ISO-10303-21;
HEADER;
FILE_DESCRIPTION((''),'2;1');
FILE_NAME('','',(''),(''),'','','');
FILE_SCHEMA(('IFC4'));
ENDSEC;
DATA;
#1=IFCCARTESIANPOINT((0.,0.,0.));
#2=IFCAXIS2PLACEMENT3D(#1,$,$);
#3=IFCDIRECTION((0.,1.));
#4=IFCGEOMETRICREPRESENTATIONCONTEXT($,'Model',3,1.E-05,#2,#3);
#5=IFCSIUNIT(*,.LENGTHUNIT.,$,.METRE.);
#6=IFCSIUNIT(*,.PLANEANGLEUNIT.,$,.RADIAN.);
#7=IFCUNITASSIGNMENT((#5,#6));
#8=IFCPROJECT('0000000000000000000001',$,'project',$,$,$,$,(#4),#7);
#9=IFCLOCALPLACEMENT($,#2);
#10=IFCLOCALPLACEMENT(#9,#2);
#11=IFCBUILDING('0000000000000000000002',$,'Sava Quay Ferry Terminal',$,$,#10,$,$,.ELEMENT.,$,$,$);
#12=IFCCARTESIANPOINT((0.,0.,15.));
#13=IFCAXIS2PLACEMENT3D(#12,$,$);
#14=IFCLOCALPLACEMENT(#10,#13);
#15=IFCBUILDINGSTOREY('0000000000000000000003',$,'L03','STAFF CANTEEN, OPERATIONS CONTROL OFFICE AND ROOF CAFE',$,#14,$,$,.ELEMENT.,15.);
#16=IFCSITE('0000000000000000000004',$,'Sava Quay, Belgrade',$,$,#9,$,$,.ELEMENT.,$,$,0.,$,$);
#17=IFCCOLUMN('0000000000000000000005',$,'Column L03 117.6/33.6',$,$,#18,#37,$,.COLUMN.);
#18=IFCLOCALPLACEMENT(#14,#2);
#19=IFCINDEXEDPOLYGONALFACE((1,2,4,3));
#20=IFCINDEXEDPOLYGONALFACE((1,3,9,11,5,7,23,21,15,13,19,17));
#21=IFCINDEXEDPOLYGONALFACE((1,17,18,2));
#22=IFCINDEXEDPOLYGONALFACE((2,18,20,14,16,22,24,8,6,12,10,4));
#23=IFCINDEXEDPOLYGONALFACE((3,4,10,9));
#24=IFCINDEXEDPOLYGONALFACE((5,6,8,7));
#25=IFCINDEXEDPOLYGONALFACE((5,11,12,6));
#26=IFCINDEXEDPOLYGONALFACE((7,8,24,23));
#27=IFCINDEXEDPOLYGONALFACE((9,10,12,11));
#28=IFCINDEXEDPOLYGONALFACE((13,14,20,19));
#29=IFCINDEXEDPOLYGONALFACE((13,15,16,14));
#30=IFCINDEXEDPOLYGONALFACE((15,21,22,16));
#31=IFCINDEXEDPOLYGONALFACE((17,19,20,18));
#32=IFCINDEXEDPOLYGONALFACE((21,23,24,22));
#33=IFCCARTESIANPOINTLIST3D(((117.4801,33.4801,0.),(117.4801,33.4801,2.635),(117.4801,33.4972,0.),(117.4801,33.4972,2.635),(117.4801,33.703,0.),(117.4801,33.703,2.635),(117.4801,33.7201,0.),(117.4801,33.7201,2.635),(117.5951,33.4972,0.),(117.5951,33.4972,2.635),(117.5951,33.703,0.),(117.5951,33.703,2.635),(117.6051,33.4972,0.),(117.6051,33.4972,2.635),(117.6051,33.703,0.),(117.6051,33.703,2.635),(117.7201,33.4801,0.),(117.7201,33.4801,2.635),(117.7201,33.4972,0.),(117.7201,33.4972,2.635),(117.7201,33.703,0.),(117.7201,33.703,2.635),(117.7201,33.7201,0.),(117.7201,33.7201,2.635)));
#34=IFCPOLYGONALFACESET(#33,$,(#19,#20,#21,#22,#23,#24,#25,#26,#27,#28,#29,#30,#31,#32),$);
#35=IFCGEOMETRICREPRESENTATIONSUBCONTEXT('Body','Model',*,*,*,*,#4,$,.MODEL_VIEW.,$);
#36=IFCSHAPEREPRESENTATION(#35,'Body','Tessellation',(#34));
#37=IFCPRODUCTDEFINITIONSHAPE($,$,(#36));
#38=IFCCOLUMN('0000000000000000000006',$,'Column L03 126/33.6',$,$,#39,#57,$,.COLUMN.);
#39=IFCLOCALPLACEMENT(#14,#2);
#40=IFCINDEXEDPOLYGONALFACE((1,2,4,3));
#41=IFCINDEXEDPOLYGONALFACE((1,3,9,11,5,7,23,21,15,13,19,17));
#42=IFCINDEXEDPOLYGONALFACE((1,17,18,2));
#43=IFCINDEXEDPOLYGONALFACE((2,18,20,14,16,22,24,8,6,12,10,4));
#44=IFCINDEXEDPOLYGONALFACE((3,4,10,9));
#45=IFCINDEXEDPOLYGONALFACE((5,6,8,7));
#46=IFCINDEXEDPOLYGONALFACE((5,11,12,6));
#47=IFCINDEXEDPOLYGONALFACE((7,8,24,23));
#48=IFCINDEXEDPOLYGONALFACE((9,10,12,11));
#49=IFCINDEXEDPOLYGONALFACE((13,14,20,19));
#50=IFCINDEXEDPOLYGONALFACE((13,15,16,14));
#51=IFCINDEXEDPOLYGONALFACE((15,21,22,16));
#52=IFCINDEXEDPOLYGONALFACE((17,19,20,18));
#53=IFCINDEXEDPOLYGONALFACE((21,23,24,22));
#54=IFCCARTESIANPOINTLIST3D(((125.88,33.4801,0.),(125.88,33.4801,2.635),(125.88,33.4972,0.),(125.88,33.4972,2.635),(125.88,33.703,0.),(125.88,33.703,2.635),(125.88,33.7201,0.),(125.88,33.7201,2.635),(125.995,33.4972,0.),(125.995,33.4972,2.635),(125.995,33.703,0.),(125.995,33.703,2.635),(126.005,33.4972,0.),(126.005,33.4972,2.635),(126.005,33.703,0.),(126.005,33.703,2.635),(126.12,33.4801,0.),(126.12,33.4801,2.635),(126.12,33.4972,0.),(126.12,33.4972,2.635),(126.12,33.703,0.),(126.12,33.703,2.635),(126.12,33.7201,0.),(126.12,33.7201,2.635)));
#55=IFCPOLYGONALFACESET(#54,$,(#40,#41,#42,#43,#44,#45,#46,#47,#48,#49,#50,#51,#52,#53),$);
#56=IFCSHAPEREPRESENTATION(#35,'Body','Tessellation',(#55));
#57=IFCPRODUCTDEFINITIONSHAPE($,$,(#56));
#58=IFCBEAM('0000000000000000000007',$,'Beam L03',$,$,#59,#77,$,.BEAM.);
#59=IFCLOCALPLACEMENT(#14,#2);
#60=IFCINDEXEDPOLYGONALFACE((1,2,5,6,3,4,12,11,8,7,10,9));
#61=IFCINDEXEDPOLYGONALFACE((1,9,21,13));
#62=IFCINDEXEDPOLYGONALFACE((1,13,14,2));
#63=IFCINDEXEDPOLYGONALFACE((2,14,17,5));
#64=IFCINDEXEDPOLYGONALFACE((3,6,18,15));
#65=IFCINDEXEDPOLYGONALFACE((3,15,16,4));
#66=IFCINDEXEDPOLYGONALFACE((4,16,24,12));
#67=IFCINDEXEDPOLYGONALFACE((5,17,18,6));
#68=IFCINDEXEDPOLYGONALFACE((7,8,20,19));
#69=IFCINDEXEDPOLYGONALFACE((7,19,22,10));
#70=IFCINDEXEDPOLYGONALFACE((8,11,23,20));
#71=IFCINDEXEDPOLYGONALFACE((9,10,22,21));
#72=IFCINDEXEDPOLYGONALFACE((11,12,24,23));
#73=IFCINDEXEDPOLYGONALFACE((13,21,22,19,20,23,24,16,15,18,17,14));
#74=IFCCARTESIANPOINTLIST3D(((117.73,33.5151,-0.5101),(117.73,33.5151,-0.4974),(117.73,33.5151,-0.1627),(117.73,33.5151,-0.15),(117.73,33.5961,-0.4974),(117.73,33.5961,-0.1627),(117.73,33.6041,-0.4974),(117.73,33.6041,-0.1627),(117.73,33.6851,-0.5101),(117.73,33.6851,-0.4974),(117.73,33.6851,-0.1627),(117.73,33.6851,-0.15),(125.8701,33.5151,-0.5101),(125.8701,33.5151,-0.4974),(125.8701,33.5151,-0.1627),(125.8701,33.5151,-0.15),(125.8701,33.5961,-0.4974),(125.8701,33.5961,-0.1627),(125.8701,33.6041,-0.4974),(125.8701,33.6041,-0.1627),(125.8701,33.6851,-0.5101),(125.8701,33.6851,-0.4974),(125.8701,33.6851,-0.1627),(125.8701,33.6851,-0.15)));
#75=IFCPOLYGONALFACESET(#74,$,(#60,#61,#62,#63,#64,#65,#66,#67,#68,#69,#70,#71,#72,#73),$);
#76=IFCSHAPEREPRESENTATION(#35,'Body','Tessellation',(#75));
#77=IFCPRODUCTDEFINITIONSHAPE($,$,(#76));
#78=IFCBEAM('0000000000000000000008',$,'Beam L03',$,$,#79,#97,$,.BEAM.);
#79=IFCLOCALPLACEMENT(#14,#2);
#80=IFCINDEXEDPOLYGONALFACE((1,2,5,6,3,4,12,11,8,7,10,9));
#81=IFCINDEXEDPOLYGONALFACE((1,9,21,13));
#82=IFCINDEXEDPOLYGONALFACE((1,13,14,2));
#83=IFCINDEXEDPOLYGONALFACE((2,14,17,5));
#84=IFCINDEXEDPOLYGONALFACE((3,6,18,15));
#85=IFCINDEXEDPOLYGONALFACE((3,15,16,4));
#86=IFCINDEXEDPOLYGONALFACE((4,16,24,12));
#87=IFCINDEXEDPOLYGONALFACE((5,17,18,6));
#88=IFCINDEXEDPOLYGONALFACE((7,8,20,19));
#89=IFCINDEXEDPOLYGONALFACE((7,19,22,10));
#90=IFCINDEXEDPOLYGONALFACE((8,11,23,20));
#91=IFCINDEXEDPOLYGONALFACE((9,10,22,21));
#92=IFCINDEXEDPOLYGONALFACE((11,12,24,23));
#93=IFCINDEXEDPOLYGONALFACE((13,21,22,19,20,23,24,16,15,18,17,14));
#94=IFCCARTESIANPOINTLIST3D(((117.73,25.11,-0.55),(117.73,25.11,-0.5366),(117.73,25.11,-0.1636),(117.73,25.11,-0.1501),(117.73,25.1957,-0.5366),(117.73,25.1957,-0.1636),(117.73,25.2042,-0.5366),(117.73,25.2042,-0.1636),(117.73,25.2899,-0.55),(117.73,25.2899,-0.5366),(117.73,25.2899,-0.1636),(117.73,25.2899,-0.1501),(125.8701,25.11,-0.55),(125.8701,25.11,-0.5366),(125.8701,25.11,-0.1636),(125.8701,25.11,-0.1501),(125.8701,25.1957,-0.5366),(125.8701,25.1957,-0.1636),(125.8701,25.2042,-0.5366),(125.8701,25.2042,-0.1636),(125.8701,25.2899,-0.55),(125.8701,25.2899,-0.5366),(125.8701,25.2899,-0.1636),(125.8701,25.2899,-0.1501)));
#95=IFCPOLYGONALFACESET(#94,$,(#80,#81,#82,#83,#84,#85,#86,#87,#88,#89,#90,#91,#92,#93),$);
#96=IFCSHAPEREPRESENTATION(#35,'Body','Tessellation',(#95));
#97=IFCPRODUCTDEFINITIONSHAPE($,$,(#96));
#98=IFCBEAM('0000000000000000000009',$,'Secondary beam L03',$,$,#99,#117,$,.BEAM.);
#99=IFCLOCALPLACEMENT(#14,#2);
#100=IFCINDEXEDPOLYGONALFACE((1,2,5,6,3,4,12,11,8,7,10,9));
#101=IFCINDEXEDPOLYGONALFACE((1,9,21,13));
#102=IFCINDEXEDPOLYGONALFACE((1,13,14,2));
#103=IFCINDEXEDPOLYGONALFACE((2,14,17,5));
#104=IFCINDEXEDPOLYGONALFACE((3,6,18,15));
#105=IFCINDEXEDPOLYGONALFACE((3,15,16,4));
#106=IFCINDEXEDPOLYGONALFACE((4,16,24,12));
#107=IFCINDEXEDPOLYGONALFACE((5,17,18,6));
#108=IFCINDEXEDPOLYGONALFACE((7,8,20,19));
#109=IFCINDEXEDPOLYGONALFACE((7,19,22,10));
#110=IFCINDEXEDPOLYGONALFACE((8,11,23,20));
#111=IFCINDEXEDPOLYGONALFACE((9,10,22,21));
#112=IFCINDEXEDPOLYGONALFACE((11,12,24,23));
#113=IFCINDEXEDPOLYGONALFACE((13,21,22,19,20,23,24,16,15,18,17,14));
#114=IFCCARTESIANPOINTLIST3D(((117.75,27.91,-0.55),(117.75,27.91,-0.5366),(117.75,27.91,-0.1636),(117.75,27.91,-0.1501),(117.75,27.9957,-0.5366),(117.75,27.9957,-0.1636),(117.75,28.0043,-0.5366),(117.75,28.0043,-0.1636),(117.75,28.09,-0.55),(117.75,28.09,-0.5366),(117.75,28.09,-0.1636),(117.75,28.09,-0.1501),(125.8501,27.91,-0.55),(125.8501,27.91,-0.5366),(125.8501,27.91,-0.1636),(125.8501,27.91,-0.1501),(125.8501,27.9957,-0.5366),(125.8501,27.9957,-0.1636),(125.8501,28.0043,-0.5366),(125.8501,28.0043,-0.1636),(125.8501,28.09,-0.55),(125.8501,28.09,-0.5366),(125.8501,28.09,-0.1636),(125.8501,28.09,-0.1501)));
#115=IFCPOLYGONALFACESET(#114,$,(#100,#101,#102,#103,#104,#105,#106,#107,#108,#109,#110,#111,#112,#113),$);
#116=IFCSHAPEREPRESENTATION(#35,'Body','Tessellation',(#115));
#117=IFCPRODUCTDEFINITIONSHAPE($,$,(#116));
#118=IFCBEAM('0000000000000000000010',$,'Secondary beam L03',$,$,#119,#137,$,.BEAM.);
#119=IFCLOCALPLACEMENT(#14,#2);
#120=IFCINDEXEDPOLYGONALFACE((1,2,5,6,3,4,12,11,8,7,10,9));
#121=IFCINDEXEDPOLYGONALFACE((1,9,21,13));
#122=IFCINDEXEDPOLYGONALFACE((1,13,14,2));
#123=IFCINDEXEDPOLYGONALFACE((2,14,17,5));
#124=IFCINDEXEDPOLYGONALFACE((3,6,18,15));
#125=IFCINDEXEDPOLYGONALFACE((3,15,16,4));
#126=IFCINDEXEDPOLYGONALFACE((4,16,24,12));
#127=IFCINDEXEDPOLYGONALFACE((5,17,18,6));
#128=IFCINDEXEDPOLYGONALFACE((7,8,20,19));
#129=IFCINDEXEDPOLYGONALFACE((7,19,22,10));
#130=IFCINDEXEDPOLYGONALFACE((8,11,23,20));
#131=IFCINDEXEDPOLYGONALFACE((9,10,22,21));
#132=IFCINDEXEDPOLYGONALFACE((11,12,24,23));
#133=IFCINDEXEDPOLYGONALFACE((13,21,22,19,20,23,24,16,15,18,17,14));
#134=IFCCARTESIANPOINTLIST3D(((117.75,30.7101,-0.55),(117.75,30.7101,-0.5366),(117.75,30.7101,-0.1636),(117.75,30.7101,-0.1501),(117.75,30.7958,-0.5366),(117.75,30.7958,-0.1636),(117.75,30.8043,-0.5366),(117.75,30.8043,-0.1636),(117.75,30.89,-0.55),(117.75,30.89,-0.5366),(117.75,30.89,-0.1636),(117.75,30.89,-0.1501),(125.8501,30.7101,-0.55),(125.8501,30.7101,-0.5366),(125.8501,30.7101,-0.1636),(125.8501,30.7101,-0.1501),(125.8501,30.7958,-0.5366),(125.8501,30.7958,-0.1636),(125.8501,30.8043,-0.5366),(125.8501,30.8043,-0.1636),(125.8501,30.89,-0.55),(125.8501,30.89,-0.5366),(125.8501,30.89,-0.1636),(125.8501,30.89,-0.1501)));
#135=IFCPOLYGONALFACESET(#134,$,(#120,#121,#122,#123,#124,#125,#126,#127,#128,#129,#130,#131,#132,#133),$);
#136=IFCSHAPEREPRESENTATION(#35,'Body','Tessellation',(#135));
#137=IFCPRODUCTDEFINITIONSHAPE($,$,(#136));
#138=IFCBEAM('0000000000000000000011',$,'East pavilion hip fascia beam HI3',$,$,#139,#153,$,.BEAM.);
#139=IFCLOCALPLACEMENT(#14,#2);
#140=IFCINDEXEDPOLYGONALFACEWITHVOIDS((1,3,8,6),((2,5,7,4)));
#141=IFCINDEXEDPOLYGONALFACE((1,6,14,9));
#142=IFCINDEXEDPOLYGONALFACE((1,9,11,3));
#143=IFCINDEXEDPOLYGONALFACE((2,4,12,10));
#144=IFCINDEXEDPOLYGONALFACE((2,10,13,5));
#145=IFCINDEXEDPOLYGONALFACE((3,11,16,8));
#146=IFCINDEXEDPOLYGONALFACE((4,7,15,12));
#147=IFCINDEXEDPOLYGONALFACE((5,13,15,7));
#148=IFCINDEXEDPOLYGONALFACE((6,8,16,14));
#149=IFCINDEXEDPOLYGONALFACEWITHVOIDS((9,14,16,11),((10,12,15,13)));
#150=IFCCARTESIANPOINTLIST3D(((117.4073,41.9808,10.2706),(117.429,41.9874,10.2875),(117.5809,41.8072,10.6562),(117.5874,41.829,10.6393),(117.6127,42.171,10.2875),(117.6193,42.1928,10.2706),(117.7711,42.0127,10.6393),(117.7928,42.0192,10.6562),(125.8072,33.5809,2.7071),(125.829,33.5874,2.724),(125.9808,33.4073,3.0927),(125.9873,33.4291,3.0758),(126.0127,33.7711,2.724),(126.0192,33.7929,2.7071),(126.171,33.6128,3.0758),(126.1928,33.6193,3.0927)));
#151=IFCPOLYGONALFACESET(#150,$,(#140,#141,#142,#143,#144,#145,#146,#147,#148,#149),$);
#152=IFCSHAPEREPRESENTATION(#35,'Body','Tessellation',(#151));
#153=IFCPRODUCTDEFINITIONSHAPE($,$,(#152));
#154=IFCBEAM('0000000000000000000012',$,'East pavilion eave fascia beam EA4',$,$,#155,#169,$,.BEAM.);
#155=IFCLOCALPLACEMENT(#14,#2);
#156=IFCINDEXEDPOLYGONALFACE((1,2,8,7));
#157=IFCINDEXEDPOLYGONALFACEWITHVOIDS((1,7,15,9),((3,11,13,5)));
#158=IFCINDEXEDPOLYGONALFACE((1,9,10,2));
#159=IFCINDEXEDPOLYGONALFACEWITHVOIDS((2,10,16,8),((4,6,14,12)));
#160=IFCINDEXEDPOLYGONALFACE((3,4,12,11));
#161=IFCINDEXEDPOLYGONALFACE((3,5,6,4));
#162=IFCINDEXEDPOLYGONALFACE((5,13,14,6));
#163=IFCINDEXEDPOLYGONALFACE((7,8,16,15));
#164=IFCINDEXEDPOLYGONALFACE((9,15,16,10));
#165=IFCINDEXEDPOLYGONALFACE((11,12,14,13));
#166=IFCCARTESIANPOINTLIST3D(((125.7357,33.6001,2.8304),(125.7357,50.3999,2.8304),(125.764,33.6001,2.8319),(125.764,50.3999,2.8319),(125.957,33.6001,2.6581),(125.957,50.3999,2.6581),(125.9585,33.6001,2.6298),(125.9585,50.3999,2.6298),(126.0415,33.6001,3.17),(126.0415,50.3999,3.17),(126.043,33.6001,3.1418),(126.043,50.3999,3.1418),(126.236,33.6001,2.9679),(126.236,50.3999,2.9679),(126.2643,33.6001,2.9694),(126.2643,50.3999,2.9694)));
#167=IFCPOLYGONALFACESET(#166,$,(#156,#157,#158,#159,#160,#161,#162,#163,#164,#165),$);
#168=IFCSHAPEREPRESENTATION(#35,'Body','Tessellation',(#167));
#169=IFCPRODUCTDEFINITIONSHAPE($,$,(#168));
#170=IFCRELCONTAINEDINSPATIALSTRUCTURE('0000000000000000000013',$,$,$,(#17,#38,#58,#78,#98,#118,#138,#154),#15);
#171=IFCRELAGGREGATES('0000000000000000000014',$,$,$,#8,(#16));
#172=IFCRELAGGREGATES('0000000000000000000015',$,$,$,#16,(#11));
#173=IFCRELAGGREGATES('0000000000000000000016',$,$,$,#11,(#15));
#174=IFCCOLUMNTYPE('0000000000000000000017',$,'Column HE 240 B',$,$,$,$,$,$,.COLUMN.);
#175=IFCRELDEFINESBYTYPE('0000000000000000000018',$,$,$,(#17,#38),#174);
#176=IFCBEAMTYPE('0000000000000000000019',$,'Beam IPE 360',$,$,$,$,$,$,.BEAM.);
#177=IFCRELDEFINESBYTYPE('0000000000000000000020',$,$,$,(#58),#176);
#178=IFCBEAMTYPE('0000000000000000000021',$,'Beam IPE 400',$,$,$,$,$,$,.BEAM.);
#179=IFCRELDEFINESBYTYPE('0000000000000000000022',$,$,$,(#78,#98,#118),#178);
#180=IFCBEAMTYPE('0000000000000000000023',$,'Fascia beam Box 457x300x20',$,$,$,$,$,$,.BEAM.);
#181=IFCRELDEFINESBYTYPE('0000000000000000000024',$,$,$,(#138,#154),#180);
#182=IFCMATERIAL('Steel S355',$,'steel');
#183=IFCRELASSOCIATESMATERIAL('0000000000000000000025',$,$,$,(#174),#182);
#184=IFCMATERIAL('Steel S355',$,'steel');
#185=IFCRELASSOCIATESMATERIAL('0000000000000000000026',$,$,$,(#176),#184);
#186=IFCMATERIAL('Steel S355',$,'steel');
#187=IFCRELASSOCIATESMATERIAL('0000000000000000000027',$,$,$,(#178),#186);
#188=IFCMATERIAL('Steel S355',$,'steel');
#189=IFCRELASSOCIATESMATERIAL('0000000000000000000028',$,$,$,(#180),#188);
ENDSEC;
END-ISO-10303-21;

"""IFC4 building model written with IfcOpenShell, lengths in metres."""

from ifc_helpers import new_model, si_unit, direction, frame, origin, origin_2d, place, context, subcontext, project, spatial, polyline, i_section, outline, extrude, material, material_profile, profile_set, type_object, element, save


model = new_model("IFC4")

# Units and contexts
model_context = context("Model", 3, precision=1e-05, world=origin(), true_north=direction((0.0, 1.0)))
body_context = subcontext(model_context, "Body", "Model", "MODEL_VIEW")
ifc_project = project(units=[si_unit("LENGTHUNIT", "METRE"), si_unit("PLANEANGLEUNIT", "RADIAN")], contexts=[model_context])

# Site, building, storey
site_placement = place(None, origin())
site = spatial("IfcSite", under=ifc_project, at=site_placement, Name="Sava Quay, Belgrade", CompositionType="ELEMENT", RefElevation=0.0)
building_placement = place(site_placement, origin())
building = spatial("IfcBuilding", under=site, at=building_placement, Name="Sava Quay Ferry Terminal", CompositionType="ELEMENT")
storey_placement = place(building_placement, frame((0.0, 0.0, 15.0)))
storey = spatial("IfcBuildingStorey", under=building, at=storey_placement, Name="L03", Description="STAFF CANTEEN, OPERATIONS CONTROL OFFICE AND ROOF CAFE", CompositionType="ELEMENT", Elevation=15.0)

# Columns
ifc_material_1 = material(Name="Steel S355", Category="steel")
ifc_material_profile_1 = material_profile(ifc_material_1, i_section(OverallWidth=0.24, OverallDepth=0.24, WebThickness=0.01, FlangeThickness=0.0171, at=origin_2d()), Name="HE 240 B")
ifc_profile_set_1 = profile_set([ifc_material_profile_1], Name="Steel S355")
column_type = type_object("IfcColumnType", Name="Column HE 240 B", PredefinedType="COLUMN", material=ifc_profile_set_1)
for number, where, z_axis, x_axis, name in (
    (1, (117.6001, 33.6001, 0.0), (0.0, 0.0, 1.0), (1.0, 0.0, 0.0), "Column L03 117.6/33.6"),
    (2, (126.0, 33.6001, 0.0), (0.0, 0.0, 1.0), (1.0, 0.0, 0.0), "Column L03 126/33.6"),
):
    element("IfcColumn", number, at=place(storey_placement, frame(where, z_axis=z_axis, x_axis=x_axis)), inside=storey, type_object=column_type, Name=name, PredefinedType="COLUMN", context=body_context, shape_type="SweptSolid", body=[
        extrude(i_section(OverallWidth=0.24, OverallDepth=0.24, WebThickness=0.01, FlangeThickness=0.0171, at=origin_2d()), origin(), (0.0, 0.0, 1.0), 2.635),
    ])

# Beams
ifc_material_2 = material(Name="Steel S355", Category="steel")
ifc_material_profile_2 = material_profile(ifc_material_2, i_section(OverallWidth=0.1699, OverallDepth=0.3601, WebThickness=0.0081, FlangeThickness=0.0127, at=origin_2d()), Name="IPE 360")
ifc_profile_set_2 = profile_set([ifc_material_profile_2], Name="Steel S355")
beam_type_1 = type_object("IfcBeamType", Name="Beam IPE 360", PredefinedType="BEAM", material=ifc_profile_set_2)
beam_1_placement = place(storey_placement, frame((117.73, 33.6001, -0.3301), z_axis=(1.0, 0.0, 0.0), x_axis=(0.0, 1.0, 0.0)))
element("IfcBeam", 3, at=beam_1_placement, inside=storey, type_object=beam_type_1, Name="Beam L03", PredefinedType="BEAM", context=body_context, shape_type="SweptSolid", body=[
    extrude(i_section(OverallWidth=0.1699, OverallDepth=0.3601, WebThickness=0.0081, FlangeThickness=0.0127, at=origin_2d()), origin(), (0.0, 0.0, 1.0), 8.1401),
])
ifc_material_3 = material(Name="Steel S355", Category="steel")
ifc_material_profile_3 = material_profile(ifc_material_3, i_section(OverallWidth=0.1799, OverallDepth=0.3999, WebThickness=0.0085, FlangeThickness=0.0134, at=origin_2d()), Name="IPE 400")
ifc_profile_set_3 = profile_set([ifc_material_profile_3], Name="Steel S355")
beam_type_2 = type_object("IfcBeamType", Name="Beam IPE 400", PredefinedType="BEAM", material=ifc_profile_set_3)
beam_2_placement = place(storey_placement, frame((117.73, 25.2, -0.3501), z_axis=(1.0, 0.0, 0.0), x_axis=(0.0, 1.0, 0.0)))
element("IfcBeam", 4, at=beam_2_placement, inside=storey, type_object=beam_type_2, Name="Beam L03", PredefinedType="BEAM", context=body_context, shape_type="SweptSolid", body=[
    extrude(i_section(OverallWidth=0.1799, OverallDepth=0.3999, WebThickness=0.0085, FlangeThickness=0.0134, at=origin_2d()), origin(), (0.0, 0.0, 1.0), 8.1401),
])
for number, where, z_axis, x_axis, name in (
    (5, (117.75, 28.0, -0.3501), (1.0, 0.0, 0.0), (0.0, 1.0, 0.0), "Secondary beam L03"),
    (6, (117.75, 30.8, -0.3501), (1.0, 0.0, 0.0), (0.0, 1.0, 0.0), "Secondary beam L03"),
):
    element("IfcBeam", number, at=place(storey_placement, frame(where, z_axis=z_axis, x_axis=x_axis)), inside=storey, type_object=beam_type_2, Name=name, PredefinedType="BEAM", context=body_context, shape_type="SweptSolid", body=[
        extrude(i_section(OverallWidth=0.1799, OverallDepth=0.3999, WebThickness=0.0085, FlangeThickness=0.0134, at=origin_2d()), origin(), (0.0, 0.0, 1.0), 8.1001),
    ])
ifc_material_4 = material(Name="Steel S355", Category="steel")
ifc_material_profile_4 = material_profile(ifc_material_4, outline(polyline([(-0.1499, -0.2285), (0.1499, -0.2285), (0.1499, 0.2285), (-0.1499, 0.2285), (-0.1499, -0.2285)]), holes=[polyline([(-0.1299, -0.2085), (-0.1299, 0.2085), (0.1299, 0.2085), (0.1299, -0.2085), (-0.1299, -0.2085)])]), Name="Box 457x300x20 built-up")
ifc_profile_set_4 = profile_set([ifc_material_profile_4], Name="Steel S355")
beam_type_3 = type_object("IfcBeamType", Name="Fascia beam Box 457x300x20", PredefinedType="BEAM", material=ifc_profile_set_4)
beam_3_placement = place(storey_placement, frame((126.0, 33.6001, 2.8999), z_axis=(-0.596469, 0.596469, 0.537075), x_axis=(-0.707107, -0.707107, 0.0)))
element("IfcBeam", 7, at=beam_3_placement, inside=storey, type_object=beam_type_3, Name="East pavilion hip fascia beam HI3", PredefinedType="BEAM", context=body_context, shape_type="SweptSolid", body=[
    extrude(outline(polyline([(-0.1499, -0.2285), (0.1499, -0.2285), (0.1499, 0.2285), (-0.1499, 0.2285), (-0.1499, -0.2285)]), holes=[polyline([(-0.1299, -0.2085), (-0.1299, 0.2085), (0.1299, 0.2085), (0.1299, -0.2085), (-0.1299, -0.2085)])]), origin(), (0.0, 0.0, 1.0), 14.0828),
])
beam_4_placement = place(storey_placement, frame((126.0, 33.6001, 2.8999), z_axis=(0.0, 1.0, 0.0), x_axis=(-0.743145, 0.0, 0.669131)))
element("IfcBeam", 8, at=beam_4_placement, inside=storey, type_object=beam_type_3, Name="East pavilion eave fascia beam EA4", PredefinedType="BEAM", context=body_context, shape_type="SweptSolid", body=[
    extrude(outline(polyline([(-0.1499, -0.2285), (0.1499, -0.2285), (0.1499, 0.2285), (-0.1499, 0.2285), (-0.1499, -0.2285)]), holes=[polyline([(-0.1299, -0.2085), (-0.1299, 0.2085), (0.1299, 0.2085), (0.1299, -0.2085), (-0.1299, -0.2085)])]), origin(), (0.0, 0.0, 1.0), 16.7998),
])

save(model, "model.ifc")
